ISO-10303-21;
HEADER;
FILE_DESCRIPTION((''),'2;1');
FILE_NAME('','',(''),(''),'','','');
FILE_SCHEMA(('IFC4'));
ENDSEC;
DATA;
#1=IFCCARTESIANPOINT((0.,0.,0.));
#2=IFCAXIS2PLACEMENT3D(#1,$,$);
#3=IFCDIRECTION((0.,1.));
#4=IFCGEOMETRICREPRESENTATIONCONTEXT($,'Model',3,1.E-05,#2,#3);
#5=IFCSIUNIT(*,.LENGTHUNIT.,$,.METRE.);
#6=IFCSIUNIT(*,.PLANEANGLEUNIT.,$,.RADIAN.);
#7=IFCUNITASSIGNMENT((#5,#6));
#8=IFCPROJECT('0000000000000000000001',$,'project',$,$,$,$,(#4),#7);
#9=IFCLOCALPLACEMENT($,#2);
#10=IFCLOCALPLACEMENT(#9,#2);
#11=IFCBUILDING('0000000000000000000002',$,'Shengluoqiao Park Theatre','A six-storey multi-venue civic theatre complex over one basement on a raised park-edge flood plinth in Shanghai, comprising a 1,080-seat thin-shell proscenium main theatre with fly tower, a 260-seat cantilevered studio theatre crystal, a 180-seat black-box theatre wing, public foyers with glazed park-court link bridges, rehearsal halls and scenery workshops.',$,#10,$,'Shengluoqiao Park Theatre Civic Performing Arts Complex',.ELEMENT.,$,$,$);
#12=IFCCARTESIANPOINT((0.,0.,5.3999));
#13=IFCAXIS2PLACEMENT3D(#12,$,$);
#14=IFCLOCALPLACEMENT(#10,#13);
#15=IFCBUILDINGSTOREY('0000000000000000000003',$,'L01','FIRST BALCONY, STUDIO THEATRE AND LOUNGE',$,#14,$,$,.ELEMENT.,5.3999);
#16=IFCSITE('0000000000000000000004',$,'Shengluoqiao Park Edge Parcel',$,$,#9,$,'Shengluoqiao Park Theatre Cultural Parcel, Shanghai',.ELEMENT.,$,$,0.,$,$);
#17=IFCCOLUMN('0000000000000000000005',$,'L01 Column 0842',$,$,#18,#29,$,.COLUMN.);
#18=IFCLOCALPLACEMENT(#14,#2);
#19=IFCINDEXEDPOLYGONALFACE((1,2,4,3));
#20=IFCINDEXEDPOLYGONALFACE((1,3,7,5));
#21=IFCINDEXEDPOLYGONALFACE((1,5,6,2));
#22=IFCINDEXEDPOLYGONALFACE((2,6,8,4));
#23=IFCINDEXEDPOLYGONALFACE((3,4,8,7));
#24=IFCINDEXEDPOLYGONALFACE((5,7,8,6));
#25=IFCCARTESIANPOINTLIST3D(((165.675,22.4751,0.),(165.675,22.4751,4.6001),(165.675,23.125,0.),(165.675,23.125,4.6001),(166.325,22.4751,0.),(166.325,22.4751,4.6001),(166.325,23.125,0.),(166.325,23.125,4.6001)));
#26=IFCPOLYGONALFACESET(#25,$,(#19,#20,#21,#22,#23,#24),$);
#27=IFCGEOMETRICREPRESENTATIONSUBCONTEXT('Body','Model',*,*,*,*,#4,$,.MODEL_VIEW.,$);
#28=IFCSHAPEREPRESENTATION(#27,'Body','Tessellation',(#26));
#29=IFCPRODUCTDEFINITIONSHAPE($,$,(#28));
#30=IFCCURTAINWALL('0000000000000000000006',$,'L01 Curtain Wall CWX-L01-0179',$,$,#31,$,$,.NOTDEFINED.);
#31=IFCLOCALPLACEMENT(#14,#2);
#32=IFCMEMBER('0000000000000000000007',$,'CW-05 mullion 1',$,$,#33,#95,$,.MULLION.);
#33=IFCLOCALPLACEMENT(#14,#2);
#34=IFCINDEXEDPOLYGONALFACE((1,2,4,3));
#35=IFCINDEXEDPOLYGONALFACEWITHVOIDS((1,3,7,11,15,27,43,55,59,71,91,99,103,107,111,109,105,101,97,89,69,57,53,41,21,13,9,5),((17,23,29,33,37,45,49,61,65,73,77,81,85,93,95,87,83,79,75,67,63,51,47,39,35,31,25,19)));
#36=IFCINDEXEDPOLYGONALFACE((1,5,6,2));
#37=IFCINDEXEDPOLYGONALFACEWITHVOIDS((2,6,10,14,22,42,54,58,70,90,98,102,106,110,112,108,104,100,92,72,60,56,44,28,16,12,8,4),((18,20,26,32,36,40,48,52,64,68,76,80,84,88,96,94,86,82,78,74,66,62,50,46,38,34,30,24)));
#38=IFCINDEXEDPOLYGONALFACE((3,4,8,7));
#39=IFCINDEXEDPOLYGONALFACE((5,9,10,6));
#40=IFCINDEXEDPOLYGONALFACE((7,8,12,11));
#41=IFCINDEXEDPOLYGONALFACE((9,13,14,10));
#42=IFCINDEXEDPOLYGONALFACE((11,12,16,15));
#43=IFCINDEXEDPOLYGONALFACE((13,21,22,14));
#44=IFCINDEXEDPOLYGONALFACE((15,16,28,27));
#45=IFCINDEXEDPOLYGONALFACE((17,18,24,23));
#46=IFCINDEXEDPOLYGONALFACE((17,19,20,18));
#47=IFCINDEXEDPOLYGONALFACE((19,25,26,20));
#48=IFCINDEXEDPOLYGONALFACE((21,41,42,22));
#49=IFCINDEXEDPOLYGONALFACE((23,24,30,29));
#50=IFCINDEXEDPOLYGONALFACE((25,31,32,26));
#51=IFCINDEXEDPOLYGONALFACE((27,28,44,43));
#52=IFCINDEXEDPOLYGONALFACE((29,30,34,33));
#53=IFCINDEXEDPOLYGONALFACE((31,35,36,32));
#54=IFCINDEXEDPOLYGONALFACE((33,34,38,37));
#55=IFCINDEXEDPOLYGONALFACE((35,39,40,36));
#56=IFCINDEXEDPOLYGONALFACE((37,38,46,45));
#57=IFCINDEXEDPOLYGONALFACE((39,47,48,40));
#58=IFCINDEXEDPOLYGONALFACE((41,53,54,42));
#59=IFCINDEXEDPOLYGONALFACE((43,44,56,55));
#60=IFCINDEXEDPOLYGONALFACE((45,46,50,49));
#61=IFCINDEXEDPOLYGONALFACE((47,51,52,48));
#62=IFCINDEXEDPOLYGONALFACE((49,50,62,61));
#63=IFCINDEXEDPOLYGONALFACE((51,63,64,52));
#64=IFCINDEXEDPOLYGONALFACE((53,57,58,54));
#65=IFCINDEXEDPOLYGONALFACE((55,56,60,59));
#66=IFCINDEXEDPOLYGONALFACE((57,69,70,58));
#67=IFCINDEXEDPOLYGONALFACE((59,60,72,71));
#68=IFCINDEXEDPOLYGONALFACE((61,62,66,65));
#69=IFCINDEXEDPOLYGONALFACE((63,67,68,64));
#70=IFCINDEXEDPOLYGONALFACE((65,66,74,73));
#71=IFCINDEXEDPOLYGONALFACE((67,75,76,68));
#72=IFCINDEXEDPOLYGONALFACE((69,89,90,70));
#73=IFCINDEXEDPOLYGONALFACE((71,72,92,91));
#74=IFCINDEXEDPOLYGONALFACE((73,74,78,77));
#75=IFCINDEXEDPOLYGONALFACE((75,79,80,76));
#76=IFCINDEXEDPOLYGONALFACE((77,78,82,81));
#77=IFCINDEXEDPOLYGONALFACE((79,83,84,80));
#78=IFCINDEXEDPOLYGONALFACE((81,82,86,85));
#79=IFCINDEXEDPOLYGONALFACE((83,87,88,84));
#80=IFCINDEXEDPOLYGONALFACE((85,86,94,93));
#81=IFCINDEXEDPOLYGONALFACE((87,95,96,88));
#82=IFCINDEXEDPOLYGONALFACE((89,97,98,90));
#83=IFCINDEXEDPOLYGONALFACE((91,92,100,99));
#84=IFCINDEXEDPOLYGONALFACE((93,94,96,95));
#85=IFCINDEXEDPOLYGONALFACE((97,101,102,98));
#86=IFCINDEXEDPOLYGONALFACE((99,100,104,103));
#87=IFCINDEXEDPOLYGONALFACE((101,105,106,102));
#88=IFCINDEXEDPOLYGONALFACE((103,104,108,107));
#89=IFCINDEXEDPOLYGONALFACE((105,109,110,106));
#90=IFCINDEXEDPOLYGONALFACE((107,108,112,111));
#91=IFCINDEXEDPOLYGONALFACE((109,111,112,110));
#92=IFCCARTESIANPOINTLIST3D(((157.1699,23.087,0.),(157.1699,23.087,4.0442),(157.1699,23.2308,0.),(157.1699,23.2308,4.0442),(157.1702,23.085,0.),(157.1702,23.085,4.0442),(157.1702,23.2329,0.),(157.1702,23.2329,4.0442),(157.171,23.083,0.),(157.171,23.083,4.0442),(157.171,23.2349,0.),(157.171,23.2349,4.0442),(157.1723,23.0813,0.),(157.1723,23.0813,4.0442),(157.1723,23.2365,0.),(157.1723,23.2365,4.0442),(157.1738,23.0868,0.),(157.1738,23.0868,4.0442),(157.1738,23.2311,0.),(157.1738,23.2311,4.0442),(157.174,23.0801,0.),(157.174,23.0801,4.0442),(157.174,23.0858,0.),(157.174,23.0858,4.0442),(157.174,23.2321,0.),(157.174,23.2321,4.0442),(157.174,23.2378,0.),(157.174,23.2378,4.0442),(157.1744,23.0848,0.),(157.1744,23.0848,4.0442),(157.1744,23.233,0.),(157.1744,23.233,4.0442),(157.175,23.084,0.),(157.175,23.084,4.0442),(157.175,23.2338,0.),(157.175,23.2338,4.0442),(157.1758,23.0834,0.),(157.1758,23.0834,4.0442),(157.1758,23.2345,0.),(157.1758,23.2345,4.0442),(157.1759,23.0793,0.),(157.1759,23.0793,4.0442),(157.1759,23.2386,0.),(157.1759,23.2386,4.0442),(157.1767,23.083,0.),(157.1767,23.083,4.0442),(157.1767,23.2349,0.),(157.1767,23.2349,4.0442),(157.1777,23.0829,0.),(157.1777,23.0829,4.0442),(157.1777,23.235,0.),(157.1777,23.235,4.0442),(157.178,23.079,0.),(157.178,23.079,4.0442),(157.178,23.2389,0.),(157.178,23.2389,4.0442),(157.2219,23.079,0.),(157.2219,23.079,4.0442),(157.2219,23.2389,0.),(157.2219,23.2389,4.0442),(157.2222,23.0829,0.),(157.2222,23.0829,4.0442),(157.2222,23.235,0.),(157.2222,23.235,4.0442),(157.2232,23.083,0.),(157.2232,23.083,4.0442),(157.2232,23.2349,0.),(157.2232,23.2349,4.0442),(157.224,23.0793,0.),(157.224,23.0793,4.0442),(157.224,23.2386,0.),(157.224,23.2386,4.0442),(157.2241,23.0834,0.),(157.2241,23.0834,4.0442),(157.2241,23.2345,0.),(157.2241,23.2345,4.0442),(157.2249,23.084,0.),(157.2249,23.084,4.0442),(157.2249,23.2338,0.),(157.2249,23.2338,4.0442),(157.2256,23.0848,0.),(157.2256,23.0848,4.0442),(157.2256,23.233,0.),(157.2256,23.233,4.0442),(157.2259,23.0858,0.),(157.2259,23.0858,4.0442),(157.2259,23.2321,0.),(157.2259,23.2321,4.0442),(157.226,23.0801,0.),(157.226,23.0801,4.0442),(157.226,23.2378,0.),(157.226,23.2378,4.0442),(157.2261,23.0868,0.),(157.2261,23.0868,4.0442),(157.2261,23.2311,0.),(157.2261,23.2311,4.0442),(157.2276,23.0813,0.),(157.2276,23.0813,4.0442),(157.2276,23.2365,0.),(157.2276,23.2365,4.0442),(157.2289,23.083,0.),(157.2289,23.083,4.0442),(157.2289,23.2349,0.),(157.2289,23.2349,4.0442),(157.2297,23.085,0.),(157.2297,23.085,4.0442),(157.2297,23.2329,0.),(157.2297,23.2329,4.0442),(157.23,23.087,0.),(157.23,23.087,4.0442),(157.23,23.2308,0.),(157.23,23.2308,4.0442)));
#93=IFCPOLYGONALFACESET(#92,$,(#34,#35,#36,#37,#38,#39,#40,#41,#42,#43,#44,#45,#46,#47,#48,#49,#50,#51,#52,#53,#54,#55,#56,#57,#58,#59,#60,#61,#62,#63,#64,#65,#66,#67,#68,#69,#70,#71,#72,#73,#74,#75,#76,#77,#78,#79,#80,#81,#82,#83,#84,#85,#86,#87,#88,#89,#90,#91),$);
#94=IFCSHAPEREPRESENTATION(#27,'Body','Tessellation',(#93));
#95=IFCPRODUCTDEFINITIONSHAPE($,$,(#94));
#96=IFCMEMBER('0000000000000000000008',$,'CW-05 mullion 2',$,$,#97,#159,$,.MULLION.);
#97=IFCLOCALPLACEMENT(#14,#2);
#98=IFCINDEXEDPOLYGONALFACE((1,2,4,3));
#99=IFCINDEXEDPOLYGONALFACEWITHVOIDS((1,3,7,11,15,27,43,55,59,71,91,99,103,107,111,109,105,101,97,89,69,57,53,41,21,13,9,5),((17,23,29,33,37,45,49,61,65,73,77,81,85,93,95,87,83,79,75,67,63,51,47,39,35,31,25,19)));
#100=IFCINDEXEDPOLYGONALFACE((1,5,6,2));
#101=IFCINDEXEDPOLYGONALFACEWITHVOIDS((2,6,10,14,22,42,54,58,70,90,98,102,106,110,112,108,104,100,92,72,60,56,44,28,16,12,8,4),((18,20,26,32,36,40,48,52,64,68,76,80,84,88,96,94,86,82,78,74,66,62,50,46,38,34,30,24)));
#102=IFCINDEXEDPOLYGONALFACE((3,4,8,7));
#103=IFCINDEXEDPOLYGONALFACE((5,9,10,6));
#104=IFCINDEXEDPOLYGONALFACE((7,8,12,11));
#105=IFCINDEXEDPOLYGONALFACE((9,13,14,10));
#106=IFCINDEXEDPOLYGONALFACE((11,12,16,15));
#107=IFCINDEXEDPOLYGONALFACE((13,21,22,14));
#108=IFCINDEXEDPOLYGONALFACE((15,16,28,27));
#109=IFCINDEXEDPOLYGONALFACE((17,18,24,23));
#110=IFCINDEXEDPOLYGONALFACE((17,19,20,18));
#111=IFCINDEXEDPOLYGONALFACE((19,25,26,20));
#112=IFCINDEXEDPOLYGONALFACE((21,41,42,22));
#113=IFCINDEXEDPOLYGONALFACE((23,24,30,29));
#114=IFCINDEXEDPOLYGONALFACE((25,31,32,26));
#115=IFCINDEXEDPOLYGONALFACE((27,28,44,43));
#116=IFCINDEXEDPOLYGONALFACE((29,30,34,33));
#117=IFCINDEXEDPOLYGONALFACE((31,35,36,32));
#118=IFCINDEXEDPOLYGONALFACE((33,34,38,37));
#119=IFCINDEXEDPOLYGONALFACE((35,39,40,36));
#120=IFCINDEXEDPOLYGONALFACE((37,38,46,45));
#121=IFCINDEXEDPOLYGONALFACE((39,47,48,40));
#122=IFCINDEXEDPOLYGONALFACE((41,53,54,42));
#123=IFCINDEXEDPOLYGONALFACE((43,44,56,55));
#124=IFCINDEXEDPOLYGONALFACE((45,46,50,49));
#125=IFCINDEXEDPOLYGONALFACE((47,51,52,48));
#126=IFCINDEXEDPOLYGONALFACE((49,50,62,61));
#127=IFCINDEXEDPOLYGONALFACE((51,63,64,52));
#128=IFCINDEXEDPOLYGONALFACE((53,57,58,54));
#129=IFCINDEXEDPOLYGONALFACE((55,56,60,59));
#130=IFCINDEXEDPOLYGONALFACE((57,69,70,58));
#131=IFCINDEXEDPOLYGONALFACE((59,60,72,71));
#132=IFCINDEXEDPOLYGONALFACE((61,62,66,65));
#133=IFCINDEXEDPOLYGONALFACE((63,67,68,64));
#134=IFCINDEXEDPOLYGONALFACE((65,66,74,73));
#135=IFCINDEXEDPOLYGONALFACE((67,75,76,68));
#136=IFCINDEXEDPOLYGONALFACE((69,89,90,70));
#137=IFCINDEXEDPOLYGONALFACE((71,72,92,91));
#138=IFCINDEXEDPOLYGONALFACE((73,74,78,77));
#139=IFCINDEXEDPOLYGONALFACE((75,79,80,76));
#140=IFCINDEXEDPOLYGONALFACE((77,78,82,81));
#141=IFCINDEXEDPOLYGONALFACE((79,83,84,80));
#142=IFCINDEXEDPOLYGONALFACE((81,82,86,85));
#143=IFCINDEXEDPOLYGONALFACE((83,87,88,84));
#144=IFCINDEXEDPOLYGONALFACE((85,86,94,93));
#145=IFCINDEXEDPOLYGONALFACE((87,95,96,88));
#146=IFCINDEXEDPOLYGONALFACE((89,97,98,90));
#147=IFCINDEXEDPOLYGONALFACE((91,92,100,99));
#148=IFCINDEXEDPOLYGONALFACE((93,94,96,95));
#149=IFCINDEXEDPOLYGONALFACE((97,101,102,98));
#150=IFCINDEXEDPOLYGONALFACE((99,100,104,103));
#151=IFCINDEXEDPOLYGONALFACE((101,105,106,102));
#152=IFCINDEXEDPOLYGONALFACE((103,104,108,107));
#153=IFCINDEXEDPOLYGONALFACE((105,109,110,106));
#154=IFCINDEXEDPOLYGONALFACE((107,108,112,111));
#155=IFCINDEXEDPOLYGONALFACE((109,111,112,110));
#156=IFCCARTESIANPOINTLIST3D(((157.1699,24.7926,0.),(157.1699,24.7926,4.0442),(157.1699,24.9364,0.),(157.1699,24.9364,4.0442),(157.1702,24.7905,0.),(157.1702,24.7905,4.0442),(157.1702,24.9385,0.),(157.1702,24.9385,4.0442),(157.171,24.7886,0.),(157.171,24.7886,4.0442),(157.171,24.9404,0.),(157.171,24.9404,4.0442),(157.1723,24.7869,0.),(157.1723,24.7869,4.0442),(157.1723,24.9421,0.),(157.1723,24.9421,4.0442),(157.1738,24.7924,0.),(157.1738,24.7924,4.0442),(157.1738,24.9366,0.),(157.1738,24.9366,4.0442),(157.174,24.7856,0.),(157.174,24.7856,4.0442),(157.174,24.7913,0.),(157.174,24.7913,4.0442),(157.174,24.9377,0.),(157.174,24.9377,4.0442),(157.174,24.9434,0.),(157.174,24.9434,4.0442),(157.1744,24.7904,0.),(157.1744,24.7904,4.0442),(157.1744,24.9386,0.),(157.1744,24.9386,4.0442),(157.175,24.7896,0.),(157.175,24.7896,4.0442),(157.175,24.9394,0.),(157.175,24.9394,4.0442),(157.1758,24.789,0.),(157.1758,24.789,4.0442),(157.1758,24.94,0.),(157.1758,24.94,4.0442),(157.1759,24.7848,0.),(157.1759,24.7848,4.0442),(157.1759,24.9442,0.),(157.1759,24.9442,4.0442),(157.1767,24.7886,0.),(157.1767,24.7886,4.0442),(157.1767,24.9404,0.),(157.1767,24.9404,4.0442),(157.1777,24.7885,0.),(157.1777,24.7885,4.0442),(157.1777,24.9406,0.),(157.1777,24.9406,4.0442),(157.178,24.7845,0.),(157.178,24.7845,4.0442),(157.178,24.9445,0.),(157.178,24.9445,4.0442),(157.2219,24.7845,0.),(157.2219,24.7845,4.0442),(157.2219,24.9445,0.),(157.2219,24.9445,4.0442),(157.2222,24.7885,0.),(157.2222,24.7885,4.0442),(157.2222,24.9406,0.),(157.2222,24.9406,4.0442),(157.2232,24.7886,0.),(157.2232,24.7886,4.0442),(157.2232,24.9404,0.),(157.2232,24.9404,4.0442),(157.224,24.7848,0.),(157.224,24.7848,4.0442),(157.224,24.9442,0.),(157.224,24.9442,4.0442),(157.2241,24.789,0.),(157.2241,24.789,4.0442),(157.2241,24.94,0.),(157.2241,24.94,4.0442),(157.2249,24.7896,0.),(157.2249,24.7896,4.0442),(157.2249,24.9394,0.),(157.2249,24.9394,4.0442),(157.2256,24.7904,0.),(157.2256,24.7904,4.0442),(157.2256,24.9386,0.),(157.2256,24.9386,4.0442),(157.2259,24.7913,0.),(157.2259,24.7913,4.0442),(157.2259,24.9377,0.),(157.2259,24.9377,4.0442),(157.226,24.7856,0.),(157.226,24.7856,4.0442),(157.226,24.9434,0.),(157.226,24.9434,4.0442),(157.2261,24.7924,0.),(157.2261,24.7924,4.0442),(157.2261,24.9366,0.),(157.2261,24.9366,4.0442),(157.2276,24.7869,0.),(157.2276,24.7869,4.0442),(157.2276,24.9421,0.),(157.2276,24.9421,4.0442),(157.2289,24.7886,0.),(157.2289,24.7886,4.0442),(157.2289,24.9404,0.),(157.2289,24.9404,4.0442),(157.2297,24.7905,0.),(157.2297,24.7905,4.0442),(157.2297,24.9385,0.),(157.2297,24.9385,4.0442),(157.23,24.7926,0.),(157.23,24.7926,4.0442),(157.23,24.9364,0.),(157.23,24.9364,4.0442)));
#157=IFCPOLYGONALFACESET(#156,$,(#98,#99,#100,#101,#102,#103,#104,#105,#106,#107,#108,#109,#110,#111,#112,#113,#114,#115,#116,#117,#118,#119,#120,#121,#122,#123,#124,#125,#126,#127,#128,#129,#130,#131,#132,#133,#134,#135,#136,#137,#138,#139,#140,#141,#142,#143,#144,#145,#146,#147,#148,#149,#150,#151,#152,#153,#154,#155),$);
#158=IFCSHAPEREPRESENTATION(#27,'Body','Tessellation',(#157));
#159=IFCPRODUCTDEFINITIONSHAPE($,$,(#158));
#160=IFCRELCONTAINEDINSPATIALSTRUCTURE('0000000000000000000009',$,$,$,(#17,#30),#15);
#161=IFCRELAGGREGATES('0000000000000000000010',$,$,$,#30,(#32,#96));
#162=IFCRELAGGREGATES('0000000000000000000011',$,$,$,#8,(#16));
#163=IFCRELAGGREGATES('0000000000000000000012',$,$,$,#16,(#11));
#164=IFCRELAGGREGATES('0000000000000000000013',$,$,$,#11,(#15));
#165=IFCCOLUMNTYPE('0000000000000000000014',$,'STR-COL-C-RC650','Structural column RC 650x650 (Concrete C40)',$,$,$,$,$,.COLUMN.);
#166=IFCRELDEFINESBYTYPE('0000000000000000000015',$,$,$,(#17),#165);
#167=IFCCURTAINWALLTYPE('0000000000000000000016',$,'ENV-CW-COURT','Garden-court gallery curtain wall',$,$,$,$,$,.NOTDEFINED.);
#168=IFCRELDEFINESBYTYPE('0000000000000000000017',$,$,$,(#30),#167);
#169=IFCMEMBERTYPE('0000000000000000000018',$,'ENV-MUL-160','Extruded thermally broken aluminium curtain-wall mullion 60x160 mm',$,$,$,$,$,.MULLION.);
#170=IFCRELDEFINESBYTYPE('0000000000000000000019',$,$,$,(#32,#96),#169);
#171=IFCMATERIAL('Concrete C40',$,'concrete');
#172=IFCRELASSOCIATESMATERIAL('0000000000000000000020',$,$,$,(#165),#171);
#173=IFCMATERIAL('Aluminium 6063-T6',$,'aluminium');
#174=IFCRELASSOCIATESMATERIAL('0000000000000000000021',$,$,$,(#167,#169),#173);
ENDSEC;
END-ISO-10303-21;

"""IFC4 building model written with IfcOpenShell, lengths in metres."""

from ifc_helpers import new_model, si_unit, direction, frame, origin, origin_2d, place, context, subcontext, project, spatial, rectangle, hollow_rectangle, extrude, material, material_profile, profile_set, type_object, element, aggregate, save


model = new_model("IFC4")

# Units and contexts
model_context = context("Model", 3, precision=1e-05, world=origin(), true_north=direction((0.0, 1.0)))
body_context = subcontext(model_context, "Body", "Model", "MODEL_VIEW")
ifc_project = project(units=[si_unit("LENGTHUNIT", "METRE"), si_unit("PLANEANGLEUNIT", "RADIAN")], contexts=[model_context])

# Site, building, storey
site_placement = place(None, origin())
site = spatial("IfcSite", under=ifc_project, at=site_placement, Name="Shengluoqiao Park Edge Parcel", LongName="Shengluoqiao Park Theatre Cultural Parcel, Shanghai", CompositionType="ELEMENT", RefElevation=0.0)
building_placement = place(site_placement, origin())
building = spatial("IfcBuilding", under=site, at=building_placement, Name="Shengluoqiao Park Theatre", Description="A six-storey multi-venue civic theatre complex over one basement on a raised park-edge flood plinth in Shanghai, comprising a 1,080-seat thin-shell proscenium main theatre with fly tower, a 260-seat cantilevered studio theatre crystal, a 180-seat black-box theatre wing, public foyers with glazed park-court link bridges, rehearsal halls and scenery workshops.", LongName="Shengluoqiao Park Theatre Civic Performing Arts Complex", CompositionType="ELEMENT")
storey_placement = place(building_placement, frame((0.0, 0.0, 5.3999)))
storey = spatial("IfcBuildingStorey", under=building, at=storey_placement, Name="L01", Description="FIRST BALCONY, STUDIO THEATRE AND LOUNGE", CompositionType="ELEMENT", Elevation=5.3999)

# Column
ifc_material_1 = material(Name="Concrete C40", Category="concrete")
ifc_material_profile_1 = material_profile(ifc_material_1, rectangle(XDim=0.6499, YDim=0.6499, at=origin_2d()), Name="RC 650x650")
ifc_profile_set_1 = profile_set([ifc_material_profile_1], Name="Concrete C40")
column_type = type_object("IfcColumnType", Name="STR-COL-C-RC650", Description="Structural column RC 650x650 (Concrete C40)", PredefinedType="COLUMN", material=ifc_profile_set_1)
column_placement = place(storey_placement, frame((166.0, 22.8, 0.0), z_axis=(0.0, 0.0, 1.0), x_axis=(1.0, 0.0, 0.0)))
element("IfcColumn", 1, at=column_placement, inside=storey, type_object=column_type, Name="L01 Column 0842", PredefinedType="COLUMN", context=body_context, shape_type="SweptSolid", body=[
    extrude(rectangle(XDim=0.6499, YDim=0.6499, at=origin_2d()), origin(), (0.0, 0.0, 1.0), 4.6001),
])

# Curtain wall, members
ifc_material_2 = material(Name="Aluminium 6063-T6", Category="aluminium")
curtain_wall_type = type_object("IfcCurtainWallType", Name="ENV-CW-COURT", Description="Garden-court gallery curtain wall", PredefinedType="NOTDEFINED", material=ifc_material_2)
curtain_wall_1_placement = place(storey_placement, origin())
curtain_wall_1 = element("IfcCurtainWall", 2, at=curtain_wall_1_placement, inside=storey, type_object=curtain_wall_type, Name="L01 Curtain Wall CWX-L01-0179", PredefinedType="NOTDEFINED")
ifc_material_profile_2 = material_profile(ifc_material_2, hollow_rectangle(XDim=0.0601, YDim=0.1599, WallThickness=0.0039, InnerFilletRadius=0.0039, OuterFilletRadius=0.0081, at=origin_2d()), Name="ALU MULLION 160x60x4")
ifc_profile_set_2 = profile_set([ifc_material_profile_2], Name="Aluminium 6063-T6")
member_type_1 = type_object("IfcMemberType", Name="ENV-MUL-160", Description="Extruded thermally broken aluminium curtain-wall mullion 60x160 mm", PredefinedType="MULLION", material=ifc_profile_set_2)
member_1_placement = place(storey_placement, frame((157.2, 23.1589, 0.0), z_axis=(0.0, 0.0, 1.0), x_axis=(-1.0, 0.0, 0.0)))
member_1 = element("IfcMember", 3, at=member_1_placement, type_object=member_type_1, Name="CW-05 mullion 1", PredefinedType="MULLION", context=body_context, shape_type="SweptSolid", body=[
    extrude(hollow_rectangle(XDim=0.0601, YDim=0.1599, WallThickness=0.0039, InnerFilletRadius=0.0039, OuterFilletRadius=0.0081, at=origin_2d()), origin(), (0.0, 0.0, 1.0), 4.0442),
])
member_2_placement = place(storey_placement, frame((157.2, 24.8645, 0.0), z_axis=(0.0, 0.0, 1.0), x_axis=(-1.0, 0.0, 0.0)))
member_2 = element("IfcMember", 4, at=member_2_placement, type_object=member_type_1, Name="CW-05 mullion 2", PredefinedType="MULLION", context=body_context, shape_type="SweptSolid", body=[
    extrude(hollow_rectangle(XDim=0.0601, YDim=0.1599, WallThickness=0.0039, InnerFilletRadius=0.0039, OuterFilletRadius=0.0081, at=origin_2d()), origin(), (0.0, 0.0, 1.0), 4.0442),
])

aggregate(curtain_wall_1, [member_1, member_2])

save(model, "model.ifc")
